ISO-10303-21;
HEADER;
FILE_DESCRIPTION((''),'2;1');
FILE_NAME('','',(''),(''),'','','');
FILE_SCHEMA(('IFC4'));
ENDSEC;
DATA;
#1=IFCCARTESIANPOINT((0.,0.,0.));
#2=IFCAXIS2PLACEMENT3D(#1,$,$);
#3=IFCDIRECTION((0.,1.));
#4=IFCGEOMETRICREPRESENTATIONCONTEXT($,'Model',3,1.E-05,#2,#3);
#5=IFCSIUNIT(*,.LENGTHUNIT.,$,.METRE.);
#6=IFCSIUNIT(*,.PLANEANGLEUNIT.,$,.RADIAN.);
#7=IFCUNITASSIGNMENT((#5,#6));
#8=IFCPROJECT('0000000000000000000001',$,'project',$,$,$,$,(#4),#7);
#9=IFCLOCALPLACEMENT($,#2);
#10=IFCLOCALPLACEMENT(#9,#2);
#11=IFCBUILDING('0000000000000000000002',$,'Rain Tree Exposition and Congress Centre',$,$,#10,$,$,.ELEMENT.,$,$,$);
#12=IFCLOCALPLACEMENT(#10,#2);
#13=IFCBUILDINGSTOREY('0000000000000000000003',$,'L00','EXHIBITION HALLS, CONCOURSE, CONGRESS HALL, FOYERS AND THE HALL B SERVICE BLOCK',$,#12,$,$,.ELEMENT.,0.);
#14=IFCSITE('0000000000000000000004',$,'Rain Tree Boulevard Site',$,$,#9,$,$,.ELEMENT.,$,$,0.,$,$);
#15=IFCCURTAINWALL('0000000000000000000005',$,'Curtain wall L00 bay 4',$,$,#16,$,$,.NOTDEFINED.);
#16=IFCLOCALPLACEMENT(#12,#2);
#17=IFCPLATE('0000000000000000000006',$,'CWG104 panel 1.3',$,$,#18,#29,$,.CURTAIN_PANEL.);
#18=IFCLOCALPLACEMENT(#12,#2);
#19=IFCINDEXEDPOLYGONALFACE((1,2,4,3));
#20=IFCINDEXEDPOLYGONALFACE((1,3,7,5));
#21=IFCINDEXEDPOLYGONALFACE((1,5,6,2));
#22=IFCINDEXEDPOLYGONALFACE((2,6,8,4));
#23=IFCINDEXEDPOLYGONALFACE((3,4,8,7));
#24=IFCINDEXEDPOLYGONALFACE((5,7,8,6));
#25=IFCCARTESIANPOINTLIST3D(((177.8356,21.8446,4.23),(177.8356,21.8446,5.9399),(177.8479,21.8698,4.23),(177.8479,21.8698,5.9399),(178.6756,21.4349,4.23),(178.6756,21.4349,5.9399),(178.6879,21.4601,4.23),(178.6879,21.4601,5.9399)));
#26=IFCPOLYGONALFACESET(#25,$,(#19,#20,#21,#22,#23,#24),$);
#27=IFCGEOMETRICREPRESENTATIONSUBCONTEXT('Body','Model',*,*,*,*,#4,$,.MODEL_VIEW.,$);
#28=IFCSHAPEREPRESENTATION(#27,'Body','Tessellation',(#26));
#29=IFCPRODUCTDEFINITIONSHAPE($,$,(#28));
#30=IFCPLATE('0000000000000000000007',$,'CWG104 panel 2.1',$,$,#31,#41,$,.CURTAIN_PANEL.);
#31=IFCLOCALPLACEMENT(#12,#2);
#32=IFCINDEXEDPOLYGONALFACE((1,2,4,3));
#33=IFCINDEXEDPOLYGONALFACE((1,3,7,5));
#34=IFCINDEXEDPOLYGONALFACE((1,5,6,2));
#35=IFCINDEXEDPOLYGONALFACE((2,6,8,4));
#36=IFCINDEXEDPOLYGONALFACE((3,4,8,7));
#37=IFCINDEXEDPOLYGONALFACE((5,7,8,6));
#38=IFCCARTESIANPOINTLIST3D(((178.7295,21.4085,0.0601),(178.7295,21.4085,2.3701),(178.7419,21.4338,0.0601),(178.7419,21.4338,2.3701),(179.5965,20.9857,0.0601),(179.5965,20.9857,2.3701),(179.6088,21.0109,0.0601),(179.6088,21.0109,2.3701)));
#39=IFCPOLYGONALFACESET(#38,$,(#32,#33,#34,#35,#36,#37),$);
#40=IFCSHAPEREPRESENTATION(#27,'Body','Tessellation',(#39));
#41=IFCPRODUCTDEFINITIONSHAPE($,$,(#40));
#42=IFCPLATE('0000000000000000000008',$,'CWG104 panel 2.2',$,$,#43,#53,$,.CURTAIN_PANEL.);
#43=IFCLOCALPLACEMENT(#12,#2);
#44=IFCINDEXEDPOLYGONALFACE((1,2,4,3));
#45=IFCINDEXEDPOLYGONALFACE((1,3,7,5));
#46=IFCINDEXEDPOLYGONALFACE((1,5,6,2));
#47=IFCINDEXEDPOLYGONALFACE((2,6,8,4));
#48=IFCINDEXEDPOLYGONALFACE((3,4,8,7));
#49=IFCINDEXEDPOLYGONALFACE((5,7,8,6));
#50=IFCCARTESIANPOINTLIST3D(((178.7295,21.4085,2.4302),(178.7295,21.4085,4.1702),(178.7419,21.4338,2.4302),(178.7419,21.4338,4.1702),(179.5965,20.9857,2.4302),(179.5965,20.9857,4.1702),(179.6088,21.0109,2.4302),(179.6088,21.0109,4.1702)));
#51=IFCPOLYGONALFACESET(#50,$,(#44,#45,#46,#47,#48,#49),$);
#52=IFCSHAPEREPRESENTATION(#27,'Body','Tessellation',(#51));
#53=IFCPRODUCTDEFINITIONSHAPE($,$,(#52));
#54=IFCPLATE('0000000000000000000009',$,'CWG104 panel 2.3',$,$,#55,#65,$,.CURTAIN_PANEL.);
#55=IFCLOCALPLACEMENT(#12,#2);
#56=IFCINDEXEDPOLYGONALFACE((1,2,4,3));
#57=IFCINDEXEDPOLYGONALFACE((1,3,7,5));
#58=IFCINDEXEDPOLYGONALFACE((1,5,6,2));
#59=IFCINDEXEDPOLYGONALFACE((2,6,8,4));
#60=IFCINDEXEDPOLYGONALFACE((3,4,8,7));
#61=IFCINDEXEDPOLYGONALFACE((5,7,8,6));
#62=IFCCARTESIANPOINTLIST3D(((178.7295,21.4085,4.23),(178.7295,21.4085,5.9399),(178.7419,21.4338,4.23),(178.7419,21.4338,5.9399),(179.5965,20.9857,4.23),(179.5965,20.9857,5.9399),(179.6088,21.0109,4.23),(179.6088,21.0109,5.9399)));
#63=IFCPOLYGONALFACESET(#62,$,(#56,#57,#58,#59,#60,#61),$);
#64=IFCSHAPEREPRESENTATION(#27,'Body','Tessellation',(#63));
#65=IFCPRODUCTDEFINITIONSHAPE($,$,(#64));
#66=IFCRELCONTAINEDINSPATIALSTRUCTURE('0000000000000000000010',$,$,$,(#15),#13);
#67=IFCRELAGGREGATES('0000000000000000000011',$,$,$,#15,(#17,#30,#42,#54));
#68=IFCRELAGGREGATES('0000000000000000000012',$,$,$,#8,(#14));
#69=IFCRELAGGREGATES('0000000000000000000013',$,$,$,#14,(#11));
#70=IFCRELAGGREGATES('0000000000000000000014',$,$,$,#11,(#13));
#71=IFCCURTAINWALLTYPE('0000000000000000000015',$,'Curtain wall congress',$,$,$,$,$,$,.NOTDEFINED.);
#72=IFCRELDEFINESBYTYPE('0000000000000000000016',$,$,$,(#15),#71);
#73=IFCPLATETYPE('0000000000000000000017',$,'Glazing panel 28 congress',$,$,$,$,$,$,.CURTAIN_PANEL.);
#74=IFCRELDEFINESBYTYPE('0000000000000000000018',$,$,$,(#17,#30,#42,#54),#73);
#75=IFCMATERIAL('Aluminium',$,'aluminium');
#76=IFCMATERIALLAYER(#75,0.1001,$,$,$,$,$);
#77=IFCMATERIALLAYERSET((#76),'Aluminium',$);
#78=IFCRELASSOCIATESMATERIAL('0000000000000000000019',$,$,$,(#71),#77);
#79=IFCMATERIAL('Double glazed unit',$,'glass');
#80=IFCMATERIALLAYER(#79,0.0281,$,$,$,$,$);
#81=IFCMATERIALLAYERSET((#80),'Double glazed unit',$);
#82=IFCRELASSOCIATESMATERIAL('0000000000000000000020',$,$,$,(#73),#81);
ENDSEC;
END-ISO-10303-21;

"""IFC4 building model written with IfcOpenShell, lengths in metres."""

from ifc_helpers import new_model, si_unit, direction, frame, origin, origin_2d, place, context, subcontext, project, spatial, rectangle, extrude, material, layer, layer_set, type_object, element, aggregate, save


model = new_model("IFC4")

# Units and contexts
model_context = context("Model", 3, precision=1e-05, world=origin(), true_north=direction((0.0, 1.0)))
body_context = subcontext(model_context, "Body", "Model", "MODEL_VIEW")
ifc_project = project(units=[si_unit("LENGTHUNIT", "METRE"), si_unit("PLANEANGLEUNIT", "RADIAN")], contexts=[model_context])

# Site, building, storey
site_placement = place(None, origin())
site = spatial("IfcSite", under=ifc_project, at=site_placement, Name="Rain Tree Boulevard Site", CompositionType="ELEMENT", RefElevation=0.0)
building_placement = place(site_placement, origin())
building = spatial("IfcBuilding", under=site, at=building_placement, Name="Rain Tree Exposition and Congress Centre", CompositionType="ELEMENT")
storey_placement = place(building_placement, origin())
storey = spatial("IfcBuildingStorey", under=building, at=storey_placement, Name="L00", Description="EXHIBITION HALLS, CONCOURSE, CONGRESS HALL, FOYERS AND THE HALL B SERVICE BLOCK", CompositionType="ELEMENT", Elevation=0.0)

# Curtain wall, plates
ifc_material_1 = material(Name="Aluminium", Category="aluminium")
ifc_layer_1 = layer(ifc_material_1, 0.1001)
ifc_layer_set_1 = layer_set([ifc_layer_1], Name="Aluminium")
curtain_wall_type = type_object("IfcCurtainWallType", Name="Curtain wall congress", PredefinedType="NOTDEFINED", material=ifc_layer_set_1)
curtain_wall_placement = place(storey_placement, origin())
curtain_wall = element("IfcCurtainWall", 1, at=curtain_wall_placement, inside=storey, type_object=curtain_wall_type, Name="Curtain wall L00 bay 4", PredefinedType="NOTDEFINED")
ifc_material_2 = material(Name="Double glazed unit", Category="glass")
ifc_layer_2 = layer(ifc_material_2, 0.0281)
ifc_layer_set_2 = layer_set([ifc_layer_2], Name="Double glazed unit")
plate_type = type_object("IfcPlateType", Name="Glazing panel 28 congress", PredefinedType="CURTAIN_PANEL", material=ifc_layer_set_2)
plate_1_placement = place(storey_placement, frame((178.2617, 21.6523, 4.23), z_axis=(0.0, 0.0, 1.0), x_axis=(0.898795, -0.438369, 0.0)))
plate_1 = element("IfcPlate", 2, at=plate_1_placement, type_object=plate_type, Name="CWG104 panel 1.3", PredefinedType="CURTAIN_PANEL", context=body_context, shape_type="SweptSolid", body=[
    extrude(rectangle(XDim=0.9346, YDim=0.0281, at=origin_2d()), origin(), (0.0, 0.0, 1.0), 1.71),
])
plate_2_placement = place(storey_placement, frame((179.1692, 21.2097, 0.0601), z_axis=(0.0, 0.0, 1.0), x_axis=(0.898795, -0.438369, 0.0)))
plate_2 = element("IfcPlate", 3, at=plate_2_placement, type_object=plate_type, Name="CWG104 panel 2.1", PredefinedType="CURTAIN_PANEL", context=body_context, shape_type="SweptSolid", body=[
    extrude(rectangle(XDim=0.9646, YDim=0.0281, at=origin_2d()), origin(), (0.0, 0.0, 1.0), 2.3101),
])
plate_3_placement = place(storey_placement, frame((179.1692, 21.2097, 2.4302), z_axis=(0.0, 0.0, 1.0), x_axis=(0.898795, -0.438369, 0.0)))
plate_3 = element("IfcPlate", 4, at=plate_3_placement, type_object=plate_type, Name="CWG104 panel 2.2", PredefinedType="CURTAIN_PANEL", context=body_context, shape_type="SweptSolid", body=[
    extrude(rectangle(XDim=0.9646, YDim=0.0281, at=origin_2d()), origin(), (0.0, 0.0, 1.0), 1.74),
])
plate_4_placement = place(storey_placement, frame((179.1692, 21.2097, 4.23), z_axis=(0.0, 0.0, 1.0), x_axis=(0.898795, -0.438369, 0.0)))
plate_4 = element("IfcPlate", 5, at=plate_4_placement, type_object=plate_type, Name="CWG104 panel 2.3", PredefinedType="CURTAIN_PANEL", context=body_context, shape_type="SweptSolid", body=[
    extrude(rectangle(XDim=0.9646, YDim=0.0281, at=origin_2d()), origin(), (0.0, 0.0, 1.0), 1.71),
])
aggregate(curtain_wall, [plate_1, plate_2, plate_3, plate_4])

save(model, "model.ifc")
